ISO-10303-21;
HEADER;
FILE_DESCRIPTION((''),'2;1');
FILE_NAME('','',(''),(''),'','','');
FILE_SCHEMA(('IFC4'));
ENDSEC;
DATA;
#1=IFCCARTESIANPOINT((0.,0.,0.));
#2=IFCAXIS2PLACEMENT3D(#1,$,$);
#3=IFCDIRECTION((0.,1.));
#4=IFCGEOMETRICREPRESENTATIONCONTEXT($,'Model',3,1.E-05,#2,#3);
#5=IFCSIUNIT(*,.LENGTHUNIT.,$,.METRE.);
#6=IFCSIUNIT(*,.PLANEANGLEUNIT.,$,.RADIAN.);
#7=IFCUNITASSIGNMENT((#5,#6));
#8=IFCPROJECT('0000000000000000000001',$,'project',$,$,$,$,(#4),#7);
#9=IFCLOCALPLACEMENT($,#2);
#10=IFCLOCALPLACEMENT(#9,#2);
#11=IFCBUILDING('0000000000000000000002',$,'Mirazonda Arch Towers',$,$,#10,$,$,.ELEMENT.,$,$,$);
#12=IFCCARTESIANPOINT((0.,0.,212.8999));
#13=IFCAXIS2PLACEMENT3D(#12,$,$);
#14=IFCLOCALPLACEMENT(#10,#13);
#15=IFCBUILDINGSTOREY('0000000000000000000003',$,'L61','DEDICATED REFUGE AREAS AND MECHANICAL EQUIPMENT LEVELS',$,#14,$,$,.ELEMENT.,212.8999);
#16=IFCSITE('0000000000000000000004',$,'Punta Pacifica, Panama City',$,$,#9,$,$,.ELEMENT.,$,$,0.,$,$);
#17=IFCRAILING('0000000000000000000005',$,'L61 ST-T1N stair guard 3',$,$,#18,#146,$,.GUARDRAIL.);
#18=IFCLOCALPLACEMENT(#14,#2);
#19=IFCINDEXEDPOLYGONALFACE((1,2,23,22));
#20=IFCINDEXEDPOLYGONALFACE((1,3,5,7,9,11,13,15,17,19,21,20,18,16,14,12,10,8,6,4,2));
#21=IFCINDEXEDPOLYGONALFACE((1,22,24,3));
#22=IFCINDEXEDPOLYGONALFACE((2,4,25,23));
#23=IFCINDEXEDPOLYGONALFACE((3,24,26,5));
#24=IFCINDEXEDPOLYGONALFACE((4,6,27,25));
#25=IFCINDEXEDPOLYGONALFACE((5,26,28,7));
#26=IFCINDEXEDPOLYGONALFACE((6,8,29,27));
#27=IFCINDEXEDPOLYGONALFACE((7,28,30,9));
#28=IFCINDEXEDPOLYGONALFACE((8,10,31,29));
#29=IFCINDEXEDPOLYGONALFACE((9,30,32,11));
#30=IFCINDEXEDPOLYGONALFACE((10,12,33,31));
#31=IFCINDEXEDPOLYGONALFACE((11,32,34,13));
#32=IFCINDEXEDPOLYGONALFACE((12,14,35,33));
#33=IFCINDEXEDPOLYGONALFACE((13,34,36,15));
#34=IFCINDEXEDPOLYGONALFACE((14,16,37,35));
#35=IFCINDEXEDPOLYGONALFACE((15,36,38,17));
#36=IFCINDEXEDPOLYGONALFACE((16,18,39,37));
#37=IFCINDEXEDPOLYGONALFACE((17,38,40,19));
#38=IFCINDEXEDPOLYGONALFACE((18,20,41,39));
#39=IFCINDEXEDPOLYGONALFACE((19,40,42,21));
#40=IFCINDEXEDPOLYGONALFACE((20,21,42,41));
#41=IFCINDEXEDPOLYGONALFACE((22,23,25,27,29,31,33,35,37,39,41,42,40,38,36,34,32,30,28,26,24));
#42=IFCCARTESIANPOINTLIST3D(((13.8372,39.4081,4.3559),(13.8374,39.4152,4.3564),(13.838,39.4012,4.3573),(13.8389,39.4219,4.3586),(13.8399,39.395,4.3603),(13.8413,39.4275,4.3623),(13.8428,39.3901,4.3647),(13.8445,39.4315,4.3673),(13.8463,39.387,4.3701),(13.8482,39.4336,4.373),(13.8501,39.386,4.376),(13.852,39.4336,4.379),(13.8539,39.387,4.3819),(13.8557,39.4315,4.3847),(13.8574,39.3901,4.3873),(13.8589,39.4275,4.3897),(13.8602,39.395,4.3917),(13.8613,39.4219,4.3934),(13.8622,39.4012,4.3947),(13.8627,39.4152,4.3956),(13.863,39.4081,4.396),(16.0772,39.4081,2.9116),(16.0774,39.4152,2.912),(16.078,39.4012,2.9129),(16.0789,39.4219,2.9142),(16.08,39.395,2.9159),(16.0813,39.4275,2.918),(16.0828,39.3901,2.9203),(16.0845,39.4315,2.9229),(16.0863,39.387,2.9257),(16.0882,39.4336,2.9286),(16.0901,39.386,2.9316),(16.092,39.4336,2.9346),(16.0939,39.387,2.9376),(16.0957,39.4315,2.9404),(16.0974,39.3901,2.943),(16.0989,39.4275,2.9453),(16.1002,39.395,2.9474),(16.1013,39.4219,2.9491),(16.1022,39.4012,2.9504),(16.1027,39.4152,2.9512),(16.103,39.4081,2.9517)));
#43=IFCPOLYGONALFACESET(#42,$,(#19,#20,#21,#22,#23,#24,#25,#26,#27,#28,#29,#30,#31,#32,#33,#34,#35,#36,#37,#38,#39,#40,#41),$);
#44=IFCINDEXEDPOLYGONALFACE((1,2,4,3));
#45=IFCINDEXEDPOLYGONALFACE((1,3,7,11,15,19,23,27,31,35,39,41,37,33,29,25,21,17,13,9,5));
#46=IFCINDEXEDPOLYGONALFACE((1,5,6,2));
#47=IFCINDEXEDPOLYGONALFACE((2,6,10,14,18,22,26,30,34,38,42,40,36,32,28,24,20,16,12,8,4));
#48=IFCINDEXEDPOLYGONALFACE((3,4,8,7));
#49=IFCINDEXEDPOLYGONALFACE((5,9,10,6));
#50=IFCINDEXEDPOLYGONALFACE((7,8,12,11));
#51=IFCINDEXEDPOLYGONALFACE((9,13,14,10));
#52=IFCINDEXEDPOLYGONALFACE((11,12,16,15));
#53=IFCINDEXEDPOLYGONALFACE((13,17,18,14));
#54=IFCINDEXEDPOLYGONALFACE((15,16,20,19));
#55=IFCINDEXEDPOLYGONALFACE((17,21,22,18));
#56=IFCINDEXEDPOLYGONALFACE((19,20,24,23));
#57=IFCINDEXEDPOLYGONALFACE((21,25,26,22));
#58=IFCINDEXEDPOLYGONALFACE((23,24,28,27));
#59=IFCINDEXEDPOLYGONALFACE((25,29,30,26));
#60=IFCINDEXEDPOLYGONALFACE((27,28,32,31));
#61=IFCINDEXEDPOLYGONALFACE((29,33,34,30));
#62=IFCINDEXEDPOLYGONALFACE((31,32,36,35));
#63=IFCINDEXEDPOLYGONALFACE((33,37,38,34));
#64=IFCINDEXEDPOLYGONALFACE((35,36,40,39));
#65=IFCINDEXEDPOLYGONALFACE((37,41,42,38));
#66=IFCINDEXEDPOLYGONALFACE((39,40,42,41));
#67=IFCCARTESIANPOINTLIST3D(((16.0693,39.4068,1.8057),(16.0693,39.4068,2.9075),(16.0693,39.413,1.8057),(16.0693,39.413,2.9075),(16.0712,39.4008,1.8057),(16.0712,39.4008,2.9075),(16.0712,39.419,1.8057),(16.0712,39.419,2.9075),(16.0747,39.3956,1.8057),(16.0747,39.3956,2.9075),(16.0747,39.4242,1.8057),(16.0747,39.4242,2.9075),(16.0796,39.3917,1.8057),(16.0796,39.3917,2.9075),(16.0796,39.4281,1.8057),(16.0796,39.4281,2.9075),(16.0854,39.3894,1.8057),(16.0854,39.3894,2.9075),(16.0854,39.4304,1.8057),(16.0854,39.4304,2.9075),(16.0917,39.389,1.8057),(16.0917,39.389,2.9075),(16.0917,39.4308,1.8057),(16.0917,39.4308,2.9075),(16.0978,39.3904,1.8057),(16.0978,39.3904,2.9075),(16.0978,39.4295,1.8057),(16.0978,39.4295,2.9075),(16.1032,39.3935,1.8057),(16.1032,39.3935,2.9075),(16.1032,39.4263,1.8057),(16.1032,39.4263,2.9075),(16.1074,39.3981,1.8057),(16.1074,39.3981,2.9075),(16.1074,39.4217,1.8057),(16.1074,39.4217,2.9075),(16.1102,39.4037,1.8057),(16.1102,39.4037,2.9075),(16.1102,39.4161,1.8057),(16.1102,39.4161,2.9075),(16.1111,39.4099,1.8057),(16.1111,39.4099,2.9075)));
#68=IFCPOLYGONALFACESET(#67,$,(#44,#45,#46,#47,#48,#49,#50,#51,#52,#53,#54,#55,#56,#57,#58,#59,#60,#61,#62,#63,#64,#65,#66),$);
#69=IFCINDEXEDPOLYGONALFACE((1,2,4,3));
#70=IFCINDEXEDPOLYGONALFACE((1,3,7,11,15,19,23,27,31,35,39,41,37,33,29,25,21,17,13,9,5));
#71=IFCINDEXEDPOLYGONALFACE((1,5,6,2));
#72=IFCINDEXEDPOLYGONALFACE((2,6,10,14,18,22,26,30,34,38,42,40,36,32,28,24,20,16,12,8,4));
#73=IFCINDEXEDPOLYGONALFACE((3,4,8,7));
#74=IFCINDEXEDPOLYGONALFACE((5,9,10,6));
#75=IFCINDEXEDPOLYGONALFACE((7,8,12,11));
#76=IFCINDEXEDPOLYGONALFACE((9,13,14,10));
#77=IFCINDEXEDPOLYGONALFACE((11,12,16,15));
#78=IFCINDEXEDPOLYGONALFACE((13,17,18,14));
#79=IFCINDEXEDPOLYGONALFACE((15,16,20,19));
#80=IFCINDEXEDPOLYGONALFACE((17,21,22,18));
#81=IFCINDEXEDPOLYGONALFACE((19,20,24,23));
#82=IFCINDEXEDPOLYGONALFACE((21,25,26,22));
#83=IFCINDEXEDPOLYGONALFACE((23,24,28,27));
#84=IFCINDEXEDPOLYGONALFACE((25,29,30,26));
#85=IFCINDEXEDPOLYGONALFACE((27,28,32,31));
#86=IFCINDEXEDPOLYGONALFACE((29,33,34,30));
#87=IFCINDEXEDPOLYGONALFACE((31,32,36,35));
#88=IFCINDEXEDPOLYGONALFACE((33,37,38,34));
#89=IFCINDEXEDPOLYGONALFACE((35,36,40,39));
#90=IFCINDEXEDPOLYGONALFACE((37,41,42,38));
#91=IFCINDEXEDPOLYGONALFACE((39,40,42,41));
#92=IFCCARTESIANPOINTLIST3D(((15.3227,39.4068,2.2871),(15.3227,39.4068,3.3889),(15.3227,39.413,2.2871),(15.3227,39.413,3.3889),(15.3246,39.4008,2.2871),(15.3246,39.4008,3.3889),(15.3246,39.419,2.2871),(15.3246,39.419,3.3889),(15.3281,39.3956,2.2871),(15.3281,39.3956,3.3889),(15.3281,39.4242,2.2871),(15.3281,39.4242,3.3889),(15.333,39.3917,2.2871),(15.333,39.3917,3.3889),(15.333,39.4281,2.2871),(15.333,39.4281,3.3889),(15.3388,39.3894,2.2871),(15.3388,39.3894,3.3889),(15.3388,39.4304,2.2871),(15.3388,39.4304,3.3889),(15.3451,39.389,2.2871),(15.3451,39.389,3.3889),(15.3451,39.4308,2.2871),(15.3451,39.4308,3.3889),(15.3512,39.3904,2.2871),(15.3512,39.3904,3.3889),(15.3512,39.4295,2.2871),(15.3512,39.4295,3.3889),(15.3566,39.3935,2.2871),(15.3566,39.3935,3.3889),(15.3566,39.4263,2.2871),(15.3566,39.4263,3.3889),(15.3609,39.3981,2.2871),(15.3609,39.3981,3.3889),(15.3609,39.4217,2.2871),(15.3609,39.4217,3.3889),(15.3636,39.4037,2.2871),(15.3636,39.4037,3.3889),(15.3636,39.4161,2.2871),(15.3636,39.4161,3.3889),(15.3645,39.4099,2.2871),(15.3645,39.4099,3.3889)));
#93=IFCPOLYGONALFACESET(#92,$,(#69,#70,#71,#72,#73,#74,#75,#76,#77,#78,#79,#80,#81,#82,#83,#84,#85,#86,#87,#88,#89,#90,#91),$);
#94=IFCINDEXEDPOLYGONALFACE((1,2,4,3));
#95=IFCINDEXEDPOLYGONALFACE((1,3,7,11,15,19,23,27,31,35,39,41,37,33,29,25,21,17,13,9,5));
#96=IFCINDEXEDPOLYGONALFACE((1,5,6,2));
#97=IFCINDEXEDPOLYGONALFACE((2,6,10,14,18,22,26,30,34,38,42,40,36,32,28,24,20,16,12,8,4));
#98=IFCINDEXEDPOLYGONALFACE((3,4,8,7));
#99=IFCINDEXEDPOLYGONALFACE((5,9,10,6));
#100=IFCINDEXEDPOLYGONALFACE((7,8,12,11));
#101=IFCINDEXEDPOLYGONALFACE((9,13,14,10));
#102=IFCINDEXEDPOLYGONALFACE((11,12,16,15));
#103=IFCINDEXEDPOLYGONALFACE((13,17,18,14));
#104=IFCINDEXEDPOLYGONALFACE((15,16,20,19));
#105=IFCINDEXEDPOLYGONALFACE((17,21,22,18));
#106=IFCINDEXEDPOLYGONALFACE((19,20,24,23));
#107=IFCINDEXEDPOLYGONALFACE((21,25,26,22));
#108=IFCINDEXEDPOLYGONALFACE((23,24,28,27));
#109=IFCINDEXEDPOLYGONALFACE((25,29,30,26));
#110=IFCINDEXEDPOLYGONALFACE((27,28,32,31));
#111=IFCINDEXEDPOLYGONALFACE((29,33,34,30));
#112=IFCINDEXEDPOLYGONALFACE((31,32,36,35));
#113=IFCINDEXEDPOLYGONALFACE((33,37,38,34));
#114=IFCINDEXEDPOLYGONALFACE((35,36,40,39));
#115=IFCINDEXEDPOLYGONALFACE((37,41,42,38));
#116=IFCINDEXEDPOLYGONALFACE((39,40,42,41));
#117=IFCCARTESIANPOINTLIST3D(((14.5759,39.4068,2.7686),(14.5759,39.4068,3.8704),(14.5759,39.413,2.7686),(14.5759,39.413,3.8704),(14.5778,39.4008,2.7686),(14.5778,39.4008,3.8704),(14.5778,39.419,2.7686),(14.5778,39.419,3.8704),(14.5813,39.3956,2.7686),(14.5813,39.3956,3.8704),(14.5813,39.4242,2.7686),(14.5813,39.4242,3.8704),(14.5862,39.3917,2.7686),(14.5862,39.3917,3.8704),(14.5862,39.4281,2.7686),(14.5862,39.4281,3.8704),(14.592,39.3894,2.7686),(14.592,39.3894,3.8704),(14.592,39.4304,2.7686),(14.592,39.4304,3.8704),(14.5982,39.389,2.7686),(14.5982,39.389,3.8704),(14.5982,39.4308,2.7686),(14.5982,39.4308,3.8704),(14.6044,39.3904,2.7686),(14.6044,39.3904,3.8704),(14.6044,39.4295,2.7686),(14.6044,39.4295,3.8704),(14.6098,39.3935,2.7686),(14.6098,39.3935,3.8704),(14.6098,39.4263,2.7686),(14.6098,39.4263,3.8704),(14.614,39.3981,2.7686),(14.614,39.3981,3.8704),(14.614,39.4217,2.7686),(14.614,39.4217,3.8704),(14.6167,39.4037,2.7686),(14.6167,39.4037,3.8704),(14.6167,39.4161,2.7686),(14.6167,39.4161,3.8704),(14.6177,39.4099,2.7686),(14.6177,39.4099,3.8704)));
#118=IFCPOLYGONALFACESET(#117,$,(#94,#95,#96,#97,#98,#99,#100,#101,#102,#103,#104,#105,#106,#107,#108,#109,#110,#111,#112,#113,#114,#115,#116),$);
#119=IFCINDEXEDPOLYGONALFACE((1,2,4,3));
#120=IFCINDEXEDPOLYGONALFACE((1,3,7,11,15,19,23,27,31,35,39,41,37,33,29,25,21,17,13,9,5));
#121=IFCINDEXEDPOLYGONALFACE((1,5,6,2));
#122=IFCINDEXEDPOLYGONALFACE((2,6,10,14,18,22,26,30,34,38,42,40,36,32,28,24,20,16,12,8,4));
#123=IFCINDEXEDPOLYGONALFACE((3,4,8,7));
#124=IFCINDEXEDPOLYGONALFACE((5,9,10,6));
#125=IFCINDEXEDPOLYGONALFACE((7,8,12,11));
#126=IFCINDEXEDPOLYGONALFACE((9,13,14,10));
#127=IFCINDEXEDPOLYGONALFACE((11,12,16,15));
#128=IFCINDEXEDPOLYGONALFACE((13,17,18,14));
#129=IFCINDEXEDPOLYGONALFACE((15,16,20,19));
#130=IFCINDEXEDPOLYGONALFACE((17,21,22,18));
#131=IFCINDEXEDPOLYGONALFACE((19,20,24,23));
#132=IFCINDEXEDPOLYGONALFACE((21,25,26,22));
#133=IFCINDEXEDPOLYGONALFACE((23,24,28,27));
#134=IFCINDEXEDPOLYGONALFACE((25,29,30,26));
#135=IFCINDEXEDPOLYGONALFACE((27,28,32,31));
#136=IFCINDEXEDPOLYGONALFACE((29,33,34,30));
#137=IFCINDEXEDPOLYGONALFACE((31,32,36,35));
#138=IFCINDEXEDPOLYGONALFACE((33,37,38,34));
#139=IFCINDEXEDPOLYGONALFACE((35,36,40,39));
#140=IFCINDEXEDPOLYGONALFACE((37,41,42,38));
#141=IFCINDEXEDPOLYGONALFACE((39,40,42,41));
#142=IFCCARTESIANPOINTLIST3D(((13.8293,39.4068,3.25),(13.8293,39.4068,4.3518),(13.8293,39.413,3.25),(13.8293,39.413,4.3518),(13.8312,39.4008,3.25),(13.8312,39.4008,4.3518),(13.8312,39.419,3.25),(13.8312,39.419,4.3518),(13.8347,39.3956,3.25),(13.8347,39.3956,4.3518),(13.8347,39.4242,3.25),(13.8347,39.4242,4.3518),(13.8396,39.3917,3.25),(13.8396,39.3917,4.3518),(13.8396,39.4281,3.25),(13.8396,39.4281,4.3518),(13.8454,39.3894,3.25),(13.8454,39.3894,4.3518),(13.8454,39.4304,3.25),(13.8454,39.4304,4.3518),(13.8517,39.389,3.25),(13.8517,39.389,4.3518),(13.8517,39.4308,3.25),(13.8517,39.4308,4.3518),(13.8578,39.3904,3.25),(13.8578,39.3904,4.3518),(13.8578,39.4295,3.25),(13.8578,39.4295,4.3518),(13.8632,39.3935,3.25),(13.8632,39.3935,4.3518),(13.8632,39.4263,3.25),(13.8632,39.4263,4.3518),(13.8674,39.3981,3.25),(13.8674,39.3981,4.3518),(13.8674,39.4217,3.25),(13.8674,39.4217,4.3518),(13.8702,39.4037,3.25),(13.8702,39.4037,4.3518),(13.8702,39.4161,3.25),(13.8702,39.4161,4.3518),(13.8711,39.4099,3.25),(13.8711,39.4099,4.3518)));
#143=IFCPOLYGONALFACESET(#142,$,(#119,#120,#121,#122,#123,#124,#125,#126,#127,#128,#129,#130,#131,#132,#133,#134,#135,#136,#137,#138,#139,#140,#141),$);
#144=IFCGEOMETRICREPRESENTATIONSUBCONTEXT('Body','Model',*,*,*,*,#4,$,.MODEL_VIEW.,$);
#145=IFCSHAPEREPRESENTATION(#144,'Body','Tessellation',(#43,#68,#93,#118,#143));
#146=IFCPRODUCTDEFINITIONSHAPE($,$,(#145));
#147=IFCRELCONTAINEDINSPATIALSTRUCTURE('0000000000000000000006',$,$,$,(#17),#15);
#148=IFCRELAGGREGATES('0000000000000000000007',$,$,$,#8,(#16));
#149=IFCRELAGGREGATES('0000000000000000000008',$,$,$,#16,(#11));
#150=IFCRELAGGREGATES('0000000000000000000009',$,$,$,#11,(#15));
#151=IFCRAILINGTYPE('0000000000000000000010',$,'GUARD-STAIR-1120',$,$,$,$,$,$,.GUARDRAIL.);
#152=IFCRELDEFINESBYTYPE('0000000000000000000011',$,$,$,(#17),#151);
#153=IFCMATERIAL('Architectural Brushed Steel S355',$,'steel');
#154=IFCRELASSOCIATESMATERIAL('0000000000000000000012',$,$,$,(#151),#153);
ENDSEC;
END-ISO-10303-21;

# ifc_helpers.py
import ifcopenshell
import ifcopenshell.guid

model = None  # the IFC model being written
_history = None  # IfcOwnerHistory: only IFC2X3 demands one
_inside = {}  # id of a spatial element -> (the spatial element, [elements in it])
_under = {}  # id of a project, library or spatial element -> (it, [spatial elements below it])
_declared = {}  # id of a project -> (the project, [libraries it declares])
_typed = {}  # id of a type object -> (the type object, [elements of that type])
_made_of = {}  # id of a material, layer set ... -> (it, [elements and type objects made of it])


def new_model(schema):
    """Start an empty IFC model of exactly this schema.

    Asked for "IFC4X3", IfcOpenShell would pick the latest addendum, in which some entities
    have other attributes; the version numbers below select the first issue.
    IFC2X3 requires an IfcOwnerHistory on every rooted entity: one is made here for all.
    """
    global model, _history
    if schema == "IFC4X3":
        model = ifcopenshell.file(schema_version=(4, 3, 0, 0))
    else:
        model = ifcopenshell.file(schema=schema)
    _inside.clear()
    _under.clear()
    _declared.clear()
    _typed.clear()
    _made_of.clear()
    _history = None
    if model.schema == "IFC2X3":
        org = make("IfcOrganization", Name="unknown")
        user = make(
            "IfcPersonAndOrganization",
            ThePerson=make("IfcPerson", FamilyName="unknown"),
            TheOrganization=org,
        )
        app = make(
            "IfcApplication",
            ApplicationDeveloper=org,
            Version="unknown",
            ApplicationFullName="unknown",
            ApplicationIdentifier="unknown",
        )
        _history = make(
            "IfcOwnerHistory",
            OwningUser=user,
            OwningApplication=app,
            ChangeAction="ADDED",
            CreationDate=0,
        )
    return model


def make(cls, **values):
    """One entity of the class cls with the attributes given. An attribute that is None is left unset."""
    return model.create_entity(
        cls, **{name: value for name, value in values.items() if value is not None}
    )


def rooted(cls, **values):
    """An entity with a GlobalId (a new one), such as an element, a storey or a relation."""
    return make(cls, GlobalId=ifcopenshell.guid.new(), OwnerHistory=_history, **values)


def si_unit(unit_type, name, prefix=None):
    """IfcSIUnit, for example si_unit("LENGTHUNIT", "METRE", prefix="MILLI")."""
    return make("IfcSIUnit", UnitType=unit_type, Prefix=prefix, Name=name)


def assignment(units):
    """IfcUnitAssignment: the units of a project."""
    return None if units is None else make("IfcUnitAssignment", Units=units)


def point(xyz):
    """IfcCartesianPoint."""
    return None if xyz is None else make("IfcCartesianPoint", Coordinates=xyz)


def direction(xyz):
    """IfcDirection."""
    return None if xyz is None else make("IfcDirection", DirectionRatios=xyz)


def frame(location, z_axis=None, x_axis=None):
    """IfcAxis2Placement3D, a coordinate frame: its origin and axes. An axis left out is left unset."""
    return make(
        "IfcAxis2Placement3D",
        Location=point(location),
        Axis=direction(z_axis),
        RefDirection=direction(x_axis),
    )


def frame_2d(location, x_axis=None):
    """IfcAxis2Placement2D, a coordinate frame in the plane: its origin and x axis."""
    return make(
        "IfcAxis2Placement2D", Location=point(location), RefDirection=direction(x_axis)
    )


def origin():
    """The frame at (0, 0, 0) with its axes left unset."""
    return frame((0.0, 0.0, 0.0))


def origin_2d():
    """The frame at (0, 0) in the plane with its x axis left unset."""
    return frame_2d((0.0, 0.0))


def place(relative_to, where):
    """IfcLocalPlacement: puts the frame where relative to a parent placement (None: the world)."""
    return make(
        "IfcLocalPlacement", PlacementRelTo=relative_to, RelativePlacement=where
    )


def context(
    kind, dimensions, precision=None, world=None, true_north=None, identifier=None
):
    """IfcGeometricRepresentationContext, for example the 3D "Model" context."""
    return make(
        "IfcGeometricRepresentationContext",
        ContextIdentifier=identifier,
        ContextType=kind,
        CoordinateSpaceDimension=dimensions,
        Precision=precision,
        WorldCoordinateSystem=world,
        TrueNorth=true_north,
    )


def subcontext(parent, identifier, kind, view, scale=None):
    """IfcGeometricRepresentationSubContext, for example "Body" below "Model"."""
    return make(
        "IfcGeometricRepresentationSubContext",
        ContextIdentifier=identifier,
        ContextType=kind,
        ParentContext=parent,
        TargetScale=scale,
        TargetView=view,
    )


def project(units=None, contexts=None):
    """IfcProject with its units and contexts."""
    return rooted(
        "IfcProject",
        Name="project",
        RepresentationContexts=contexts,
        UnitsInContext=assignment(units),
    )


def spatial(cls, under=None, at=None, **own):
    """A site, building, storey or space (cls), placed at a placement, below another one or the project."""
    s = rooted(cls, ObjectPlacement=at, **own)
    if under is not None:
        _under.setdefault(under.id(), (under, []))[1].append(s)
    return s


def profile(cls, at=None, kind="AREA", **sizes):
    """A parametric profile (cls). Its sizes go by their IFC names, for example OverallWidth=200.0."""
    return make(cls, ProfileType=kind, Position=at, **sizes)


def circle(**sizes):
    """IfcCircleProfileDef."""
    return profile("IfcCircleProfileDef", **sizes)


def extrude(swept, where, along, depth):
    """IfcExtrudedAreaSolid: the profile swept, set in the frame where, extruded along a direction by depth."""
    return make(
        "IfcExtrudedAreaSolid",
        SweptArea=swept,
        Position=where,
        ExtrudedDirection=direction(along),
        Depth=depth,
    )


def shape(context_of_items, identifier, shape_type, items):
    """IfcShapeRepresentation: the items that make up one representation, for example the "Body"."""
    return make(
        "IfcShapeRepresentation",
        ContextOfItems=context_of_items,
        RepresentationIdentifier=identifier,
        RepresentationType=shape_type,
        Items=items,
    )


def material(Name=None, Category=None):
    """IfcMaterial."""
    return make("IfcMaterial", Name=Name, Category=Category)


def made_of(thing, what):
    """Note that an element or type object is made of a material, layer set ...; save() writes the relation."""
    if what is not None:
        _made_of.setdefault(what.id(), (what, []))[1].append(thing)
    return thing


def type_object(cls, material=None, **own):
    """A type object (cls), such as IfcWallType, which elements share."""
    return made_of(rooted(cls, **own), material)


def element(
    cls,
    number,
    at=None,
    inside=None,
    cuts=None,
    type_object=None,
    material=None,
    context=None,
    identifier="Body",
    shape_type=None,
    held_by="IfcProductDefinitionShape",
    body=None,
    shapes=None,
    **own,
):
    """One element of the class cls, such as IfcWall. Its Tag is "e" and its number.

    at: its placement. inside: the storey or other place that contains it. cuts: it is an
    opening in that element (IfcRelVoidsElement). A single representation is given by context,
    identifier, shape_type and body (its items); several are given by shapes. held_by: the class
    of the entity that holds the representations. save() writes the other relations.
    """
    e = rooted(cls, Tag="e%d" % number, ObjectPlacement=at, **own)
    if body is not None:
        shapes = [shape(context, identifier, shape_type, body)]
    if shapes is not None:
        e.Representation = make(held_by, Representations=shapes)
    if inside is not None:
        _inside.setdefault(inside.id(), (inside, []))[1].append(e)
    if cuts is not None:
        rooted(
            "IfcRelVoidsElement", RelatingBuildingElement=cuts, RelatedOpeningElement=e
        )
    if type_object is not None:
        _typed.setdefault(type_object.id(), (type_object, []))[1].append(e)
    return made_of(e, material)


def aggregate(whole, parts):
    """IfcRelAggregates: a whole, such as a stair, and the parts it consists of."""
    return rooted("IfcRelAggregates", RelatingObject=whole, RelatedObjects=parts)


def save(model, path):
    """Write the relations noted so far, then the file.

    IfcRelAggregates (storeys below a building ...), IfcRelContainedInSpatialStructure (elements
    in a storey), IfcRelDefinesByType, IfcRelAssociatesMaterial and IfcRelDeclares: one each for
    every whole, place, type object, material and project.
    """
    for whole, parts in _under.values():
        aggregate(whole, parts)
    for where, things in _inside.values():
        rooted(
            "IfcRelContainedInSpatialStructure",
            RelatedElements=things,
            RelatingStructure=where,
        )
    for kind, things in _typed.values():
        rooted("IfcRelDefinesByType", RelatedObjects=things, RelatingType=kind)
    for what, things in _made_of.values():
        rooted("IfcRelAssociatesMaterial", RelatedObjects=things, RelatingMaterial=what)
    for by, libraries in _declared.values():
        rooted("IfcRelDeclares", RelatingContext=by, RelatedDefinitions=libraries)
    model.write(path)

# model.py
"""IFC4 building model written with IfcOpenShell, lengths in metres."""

from ifc_helpers import new_model, si_unit, direction, frame, origin, origin_2d, place, context, subcontext, project, spatial, circle, extrude, material, type_object, element, save


model = new_model("IFC4")

# Units and contexts
model_context = context("Model", 3, precision=1e-05, world=origin(), true_north=direction((0.0, 1.0)))
body_context = subcontext(model_context, "Body", "Model", "MODEL_VIEW")
ifc_project = project(units=[si_unit("LENGTHUNIT", "METRE"), si_unit("PLANEANGLEUNIT", "RADIAN")], contexts=[model_context])

# Site, building, storey
site_placement = place(None, origin())
site = spatial("IfcSite", under=ifc_project, at=site_placement, Name="Punta Pacifica, Panama City", CompositionType="ELEMENT", RefElevation=0.0)
building_placement = place(site_placement, origin())
building = spatial("IfcBuilding", under=site, at=building_placement, Name="Mirazonda Arch Towers", CompositionType="ELEMENT")
storey_placement = place(building_placement, frame((0.0, 0.0, 212.8999)))
storey = spatial("IfcBuildingStorey", under=building, at=storey_placement, Name="L61", Description="DEDICATED REFUGE AREAS AND MECHANICAL EQUIPMENT LEVELS", CompositionType="ELEMENT", Elevation=212.8999)

# Railing
ifc_material_1 = material(Name="Architectural Brushed Steel S355", Category="steel")
railing_type_1 = type_object("IfcRailingType", Name="GUARD-STAIR-1120", PredefinedType="GUARDRAIL", material=ifc_material_1)
railing_1_placement = place(storey_placement, frame((16.0901, 39.4099, 1.8057)))
element("IfcRailing", 1, at=railing_1_placement, inside=storey, type_object=railing_type_1, Name="L61 ST-T1N stair guard 3", PredefinedType="GUARDRAIL", context=body_context, shape_type="SweptSolid", body=[
    extrude(circle(Radius=0.0239, at=origin_2d()), frame((0.0, 0.0, 1.126), z_axis=(-0.840437, 0.0, 0.54191), x_axis=(0.0, -1.0, 0.0)), (0.0, 0.0, 1.0), 2.6653),
    extrude(circle(Radius=0.021, at=origin_2d()), origin(), (0.0, 0.0, 1.0), 1.1018),
    extrude(circle(Radius=0.021, at=origin_2d()), frame((-0.7466, 0.0, 0.4814)), (0.0, 0.0, 1.0), 1.1018),
    extrude(circle(Radius=0.021, at=origin_2d()), frame((-1.4934, 0.0, 0.9629)), (0.0, 0.0, 1.0), 1.1018),
    extrude(circle(Radius=0.021, at=origin_2d()), frame((-2.24, 0.0, 1.4443)), (0.0, 0.0, 1.0), 1.1018),
])

save(model, "model.ifc")
